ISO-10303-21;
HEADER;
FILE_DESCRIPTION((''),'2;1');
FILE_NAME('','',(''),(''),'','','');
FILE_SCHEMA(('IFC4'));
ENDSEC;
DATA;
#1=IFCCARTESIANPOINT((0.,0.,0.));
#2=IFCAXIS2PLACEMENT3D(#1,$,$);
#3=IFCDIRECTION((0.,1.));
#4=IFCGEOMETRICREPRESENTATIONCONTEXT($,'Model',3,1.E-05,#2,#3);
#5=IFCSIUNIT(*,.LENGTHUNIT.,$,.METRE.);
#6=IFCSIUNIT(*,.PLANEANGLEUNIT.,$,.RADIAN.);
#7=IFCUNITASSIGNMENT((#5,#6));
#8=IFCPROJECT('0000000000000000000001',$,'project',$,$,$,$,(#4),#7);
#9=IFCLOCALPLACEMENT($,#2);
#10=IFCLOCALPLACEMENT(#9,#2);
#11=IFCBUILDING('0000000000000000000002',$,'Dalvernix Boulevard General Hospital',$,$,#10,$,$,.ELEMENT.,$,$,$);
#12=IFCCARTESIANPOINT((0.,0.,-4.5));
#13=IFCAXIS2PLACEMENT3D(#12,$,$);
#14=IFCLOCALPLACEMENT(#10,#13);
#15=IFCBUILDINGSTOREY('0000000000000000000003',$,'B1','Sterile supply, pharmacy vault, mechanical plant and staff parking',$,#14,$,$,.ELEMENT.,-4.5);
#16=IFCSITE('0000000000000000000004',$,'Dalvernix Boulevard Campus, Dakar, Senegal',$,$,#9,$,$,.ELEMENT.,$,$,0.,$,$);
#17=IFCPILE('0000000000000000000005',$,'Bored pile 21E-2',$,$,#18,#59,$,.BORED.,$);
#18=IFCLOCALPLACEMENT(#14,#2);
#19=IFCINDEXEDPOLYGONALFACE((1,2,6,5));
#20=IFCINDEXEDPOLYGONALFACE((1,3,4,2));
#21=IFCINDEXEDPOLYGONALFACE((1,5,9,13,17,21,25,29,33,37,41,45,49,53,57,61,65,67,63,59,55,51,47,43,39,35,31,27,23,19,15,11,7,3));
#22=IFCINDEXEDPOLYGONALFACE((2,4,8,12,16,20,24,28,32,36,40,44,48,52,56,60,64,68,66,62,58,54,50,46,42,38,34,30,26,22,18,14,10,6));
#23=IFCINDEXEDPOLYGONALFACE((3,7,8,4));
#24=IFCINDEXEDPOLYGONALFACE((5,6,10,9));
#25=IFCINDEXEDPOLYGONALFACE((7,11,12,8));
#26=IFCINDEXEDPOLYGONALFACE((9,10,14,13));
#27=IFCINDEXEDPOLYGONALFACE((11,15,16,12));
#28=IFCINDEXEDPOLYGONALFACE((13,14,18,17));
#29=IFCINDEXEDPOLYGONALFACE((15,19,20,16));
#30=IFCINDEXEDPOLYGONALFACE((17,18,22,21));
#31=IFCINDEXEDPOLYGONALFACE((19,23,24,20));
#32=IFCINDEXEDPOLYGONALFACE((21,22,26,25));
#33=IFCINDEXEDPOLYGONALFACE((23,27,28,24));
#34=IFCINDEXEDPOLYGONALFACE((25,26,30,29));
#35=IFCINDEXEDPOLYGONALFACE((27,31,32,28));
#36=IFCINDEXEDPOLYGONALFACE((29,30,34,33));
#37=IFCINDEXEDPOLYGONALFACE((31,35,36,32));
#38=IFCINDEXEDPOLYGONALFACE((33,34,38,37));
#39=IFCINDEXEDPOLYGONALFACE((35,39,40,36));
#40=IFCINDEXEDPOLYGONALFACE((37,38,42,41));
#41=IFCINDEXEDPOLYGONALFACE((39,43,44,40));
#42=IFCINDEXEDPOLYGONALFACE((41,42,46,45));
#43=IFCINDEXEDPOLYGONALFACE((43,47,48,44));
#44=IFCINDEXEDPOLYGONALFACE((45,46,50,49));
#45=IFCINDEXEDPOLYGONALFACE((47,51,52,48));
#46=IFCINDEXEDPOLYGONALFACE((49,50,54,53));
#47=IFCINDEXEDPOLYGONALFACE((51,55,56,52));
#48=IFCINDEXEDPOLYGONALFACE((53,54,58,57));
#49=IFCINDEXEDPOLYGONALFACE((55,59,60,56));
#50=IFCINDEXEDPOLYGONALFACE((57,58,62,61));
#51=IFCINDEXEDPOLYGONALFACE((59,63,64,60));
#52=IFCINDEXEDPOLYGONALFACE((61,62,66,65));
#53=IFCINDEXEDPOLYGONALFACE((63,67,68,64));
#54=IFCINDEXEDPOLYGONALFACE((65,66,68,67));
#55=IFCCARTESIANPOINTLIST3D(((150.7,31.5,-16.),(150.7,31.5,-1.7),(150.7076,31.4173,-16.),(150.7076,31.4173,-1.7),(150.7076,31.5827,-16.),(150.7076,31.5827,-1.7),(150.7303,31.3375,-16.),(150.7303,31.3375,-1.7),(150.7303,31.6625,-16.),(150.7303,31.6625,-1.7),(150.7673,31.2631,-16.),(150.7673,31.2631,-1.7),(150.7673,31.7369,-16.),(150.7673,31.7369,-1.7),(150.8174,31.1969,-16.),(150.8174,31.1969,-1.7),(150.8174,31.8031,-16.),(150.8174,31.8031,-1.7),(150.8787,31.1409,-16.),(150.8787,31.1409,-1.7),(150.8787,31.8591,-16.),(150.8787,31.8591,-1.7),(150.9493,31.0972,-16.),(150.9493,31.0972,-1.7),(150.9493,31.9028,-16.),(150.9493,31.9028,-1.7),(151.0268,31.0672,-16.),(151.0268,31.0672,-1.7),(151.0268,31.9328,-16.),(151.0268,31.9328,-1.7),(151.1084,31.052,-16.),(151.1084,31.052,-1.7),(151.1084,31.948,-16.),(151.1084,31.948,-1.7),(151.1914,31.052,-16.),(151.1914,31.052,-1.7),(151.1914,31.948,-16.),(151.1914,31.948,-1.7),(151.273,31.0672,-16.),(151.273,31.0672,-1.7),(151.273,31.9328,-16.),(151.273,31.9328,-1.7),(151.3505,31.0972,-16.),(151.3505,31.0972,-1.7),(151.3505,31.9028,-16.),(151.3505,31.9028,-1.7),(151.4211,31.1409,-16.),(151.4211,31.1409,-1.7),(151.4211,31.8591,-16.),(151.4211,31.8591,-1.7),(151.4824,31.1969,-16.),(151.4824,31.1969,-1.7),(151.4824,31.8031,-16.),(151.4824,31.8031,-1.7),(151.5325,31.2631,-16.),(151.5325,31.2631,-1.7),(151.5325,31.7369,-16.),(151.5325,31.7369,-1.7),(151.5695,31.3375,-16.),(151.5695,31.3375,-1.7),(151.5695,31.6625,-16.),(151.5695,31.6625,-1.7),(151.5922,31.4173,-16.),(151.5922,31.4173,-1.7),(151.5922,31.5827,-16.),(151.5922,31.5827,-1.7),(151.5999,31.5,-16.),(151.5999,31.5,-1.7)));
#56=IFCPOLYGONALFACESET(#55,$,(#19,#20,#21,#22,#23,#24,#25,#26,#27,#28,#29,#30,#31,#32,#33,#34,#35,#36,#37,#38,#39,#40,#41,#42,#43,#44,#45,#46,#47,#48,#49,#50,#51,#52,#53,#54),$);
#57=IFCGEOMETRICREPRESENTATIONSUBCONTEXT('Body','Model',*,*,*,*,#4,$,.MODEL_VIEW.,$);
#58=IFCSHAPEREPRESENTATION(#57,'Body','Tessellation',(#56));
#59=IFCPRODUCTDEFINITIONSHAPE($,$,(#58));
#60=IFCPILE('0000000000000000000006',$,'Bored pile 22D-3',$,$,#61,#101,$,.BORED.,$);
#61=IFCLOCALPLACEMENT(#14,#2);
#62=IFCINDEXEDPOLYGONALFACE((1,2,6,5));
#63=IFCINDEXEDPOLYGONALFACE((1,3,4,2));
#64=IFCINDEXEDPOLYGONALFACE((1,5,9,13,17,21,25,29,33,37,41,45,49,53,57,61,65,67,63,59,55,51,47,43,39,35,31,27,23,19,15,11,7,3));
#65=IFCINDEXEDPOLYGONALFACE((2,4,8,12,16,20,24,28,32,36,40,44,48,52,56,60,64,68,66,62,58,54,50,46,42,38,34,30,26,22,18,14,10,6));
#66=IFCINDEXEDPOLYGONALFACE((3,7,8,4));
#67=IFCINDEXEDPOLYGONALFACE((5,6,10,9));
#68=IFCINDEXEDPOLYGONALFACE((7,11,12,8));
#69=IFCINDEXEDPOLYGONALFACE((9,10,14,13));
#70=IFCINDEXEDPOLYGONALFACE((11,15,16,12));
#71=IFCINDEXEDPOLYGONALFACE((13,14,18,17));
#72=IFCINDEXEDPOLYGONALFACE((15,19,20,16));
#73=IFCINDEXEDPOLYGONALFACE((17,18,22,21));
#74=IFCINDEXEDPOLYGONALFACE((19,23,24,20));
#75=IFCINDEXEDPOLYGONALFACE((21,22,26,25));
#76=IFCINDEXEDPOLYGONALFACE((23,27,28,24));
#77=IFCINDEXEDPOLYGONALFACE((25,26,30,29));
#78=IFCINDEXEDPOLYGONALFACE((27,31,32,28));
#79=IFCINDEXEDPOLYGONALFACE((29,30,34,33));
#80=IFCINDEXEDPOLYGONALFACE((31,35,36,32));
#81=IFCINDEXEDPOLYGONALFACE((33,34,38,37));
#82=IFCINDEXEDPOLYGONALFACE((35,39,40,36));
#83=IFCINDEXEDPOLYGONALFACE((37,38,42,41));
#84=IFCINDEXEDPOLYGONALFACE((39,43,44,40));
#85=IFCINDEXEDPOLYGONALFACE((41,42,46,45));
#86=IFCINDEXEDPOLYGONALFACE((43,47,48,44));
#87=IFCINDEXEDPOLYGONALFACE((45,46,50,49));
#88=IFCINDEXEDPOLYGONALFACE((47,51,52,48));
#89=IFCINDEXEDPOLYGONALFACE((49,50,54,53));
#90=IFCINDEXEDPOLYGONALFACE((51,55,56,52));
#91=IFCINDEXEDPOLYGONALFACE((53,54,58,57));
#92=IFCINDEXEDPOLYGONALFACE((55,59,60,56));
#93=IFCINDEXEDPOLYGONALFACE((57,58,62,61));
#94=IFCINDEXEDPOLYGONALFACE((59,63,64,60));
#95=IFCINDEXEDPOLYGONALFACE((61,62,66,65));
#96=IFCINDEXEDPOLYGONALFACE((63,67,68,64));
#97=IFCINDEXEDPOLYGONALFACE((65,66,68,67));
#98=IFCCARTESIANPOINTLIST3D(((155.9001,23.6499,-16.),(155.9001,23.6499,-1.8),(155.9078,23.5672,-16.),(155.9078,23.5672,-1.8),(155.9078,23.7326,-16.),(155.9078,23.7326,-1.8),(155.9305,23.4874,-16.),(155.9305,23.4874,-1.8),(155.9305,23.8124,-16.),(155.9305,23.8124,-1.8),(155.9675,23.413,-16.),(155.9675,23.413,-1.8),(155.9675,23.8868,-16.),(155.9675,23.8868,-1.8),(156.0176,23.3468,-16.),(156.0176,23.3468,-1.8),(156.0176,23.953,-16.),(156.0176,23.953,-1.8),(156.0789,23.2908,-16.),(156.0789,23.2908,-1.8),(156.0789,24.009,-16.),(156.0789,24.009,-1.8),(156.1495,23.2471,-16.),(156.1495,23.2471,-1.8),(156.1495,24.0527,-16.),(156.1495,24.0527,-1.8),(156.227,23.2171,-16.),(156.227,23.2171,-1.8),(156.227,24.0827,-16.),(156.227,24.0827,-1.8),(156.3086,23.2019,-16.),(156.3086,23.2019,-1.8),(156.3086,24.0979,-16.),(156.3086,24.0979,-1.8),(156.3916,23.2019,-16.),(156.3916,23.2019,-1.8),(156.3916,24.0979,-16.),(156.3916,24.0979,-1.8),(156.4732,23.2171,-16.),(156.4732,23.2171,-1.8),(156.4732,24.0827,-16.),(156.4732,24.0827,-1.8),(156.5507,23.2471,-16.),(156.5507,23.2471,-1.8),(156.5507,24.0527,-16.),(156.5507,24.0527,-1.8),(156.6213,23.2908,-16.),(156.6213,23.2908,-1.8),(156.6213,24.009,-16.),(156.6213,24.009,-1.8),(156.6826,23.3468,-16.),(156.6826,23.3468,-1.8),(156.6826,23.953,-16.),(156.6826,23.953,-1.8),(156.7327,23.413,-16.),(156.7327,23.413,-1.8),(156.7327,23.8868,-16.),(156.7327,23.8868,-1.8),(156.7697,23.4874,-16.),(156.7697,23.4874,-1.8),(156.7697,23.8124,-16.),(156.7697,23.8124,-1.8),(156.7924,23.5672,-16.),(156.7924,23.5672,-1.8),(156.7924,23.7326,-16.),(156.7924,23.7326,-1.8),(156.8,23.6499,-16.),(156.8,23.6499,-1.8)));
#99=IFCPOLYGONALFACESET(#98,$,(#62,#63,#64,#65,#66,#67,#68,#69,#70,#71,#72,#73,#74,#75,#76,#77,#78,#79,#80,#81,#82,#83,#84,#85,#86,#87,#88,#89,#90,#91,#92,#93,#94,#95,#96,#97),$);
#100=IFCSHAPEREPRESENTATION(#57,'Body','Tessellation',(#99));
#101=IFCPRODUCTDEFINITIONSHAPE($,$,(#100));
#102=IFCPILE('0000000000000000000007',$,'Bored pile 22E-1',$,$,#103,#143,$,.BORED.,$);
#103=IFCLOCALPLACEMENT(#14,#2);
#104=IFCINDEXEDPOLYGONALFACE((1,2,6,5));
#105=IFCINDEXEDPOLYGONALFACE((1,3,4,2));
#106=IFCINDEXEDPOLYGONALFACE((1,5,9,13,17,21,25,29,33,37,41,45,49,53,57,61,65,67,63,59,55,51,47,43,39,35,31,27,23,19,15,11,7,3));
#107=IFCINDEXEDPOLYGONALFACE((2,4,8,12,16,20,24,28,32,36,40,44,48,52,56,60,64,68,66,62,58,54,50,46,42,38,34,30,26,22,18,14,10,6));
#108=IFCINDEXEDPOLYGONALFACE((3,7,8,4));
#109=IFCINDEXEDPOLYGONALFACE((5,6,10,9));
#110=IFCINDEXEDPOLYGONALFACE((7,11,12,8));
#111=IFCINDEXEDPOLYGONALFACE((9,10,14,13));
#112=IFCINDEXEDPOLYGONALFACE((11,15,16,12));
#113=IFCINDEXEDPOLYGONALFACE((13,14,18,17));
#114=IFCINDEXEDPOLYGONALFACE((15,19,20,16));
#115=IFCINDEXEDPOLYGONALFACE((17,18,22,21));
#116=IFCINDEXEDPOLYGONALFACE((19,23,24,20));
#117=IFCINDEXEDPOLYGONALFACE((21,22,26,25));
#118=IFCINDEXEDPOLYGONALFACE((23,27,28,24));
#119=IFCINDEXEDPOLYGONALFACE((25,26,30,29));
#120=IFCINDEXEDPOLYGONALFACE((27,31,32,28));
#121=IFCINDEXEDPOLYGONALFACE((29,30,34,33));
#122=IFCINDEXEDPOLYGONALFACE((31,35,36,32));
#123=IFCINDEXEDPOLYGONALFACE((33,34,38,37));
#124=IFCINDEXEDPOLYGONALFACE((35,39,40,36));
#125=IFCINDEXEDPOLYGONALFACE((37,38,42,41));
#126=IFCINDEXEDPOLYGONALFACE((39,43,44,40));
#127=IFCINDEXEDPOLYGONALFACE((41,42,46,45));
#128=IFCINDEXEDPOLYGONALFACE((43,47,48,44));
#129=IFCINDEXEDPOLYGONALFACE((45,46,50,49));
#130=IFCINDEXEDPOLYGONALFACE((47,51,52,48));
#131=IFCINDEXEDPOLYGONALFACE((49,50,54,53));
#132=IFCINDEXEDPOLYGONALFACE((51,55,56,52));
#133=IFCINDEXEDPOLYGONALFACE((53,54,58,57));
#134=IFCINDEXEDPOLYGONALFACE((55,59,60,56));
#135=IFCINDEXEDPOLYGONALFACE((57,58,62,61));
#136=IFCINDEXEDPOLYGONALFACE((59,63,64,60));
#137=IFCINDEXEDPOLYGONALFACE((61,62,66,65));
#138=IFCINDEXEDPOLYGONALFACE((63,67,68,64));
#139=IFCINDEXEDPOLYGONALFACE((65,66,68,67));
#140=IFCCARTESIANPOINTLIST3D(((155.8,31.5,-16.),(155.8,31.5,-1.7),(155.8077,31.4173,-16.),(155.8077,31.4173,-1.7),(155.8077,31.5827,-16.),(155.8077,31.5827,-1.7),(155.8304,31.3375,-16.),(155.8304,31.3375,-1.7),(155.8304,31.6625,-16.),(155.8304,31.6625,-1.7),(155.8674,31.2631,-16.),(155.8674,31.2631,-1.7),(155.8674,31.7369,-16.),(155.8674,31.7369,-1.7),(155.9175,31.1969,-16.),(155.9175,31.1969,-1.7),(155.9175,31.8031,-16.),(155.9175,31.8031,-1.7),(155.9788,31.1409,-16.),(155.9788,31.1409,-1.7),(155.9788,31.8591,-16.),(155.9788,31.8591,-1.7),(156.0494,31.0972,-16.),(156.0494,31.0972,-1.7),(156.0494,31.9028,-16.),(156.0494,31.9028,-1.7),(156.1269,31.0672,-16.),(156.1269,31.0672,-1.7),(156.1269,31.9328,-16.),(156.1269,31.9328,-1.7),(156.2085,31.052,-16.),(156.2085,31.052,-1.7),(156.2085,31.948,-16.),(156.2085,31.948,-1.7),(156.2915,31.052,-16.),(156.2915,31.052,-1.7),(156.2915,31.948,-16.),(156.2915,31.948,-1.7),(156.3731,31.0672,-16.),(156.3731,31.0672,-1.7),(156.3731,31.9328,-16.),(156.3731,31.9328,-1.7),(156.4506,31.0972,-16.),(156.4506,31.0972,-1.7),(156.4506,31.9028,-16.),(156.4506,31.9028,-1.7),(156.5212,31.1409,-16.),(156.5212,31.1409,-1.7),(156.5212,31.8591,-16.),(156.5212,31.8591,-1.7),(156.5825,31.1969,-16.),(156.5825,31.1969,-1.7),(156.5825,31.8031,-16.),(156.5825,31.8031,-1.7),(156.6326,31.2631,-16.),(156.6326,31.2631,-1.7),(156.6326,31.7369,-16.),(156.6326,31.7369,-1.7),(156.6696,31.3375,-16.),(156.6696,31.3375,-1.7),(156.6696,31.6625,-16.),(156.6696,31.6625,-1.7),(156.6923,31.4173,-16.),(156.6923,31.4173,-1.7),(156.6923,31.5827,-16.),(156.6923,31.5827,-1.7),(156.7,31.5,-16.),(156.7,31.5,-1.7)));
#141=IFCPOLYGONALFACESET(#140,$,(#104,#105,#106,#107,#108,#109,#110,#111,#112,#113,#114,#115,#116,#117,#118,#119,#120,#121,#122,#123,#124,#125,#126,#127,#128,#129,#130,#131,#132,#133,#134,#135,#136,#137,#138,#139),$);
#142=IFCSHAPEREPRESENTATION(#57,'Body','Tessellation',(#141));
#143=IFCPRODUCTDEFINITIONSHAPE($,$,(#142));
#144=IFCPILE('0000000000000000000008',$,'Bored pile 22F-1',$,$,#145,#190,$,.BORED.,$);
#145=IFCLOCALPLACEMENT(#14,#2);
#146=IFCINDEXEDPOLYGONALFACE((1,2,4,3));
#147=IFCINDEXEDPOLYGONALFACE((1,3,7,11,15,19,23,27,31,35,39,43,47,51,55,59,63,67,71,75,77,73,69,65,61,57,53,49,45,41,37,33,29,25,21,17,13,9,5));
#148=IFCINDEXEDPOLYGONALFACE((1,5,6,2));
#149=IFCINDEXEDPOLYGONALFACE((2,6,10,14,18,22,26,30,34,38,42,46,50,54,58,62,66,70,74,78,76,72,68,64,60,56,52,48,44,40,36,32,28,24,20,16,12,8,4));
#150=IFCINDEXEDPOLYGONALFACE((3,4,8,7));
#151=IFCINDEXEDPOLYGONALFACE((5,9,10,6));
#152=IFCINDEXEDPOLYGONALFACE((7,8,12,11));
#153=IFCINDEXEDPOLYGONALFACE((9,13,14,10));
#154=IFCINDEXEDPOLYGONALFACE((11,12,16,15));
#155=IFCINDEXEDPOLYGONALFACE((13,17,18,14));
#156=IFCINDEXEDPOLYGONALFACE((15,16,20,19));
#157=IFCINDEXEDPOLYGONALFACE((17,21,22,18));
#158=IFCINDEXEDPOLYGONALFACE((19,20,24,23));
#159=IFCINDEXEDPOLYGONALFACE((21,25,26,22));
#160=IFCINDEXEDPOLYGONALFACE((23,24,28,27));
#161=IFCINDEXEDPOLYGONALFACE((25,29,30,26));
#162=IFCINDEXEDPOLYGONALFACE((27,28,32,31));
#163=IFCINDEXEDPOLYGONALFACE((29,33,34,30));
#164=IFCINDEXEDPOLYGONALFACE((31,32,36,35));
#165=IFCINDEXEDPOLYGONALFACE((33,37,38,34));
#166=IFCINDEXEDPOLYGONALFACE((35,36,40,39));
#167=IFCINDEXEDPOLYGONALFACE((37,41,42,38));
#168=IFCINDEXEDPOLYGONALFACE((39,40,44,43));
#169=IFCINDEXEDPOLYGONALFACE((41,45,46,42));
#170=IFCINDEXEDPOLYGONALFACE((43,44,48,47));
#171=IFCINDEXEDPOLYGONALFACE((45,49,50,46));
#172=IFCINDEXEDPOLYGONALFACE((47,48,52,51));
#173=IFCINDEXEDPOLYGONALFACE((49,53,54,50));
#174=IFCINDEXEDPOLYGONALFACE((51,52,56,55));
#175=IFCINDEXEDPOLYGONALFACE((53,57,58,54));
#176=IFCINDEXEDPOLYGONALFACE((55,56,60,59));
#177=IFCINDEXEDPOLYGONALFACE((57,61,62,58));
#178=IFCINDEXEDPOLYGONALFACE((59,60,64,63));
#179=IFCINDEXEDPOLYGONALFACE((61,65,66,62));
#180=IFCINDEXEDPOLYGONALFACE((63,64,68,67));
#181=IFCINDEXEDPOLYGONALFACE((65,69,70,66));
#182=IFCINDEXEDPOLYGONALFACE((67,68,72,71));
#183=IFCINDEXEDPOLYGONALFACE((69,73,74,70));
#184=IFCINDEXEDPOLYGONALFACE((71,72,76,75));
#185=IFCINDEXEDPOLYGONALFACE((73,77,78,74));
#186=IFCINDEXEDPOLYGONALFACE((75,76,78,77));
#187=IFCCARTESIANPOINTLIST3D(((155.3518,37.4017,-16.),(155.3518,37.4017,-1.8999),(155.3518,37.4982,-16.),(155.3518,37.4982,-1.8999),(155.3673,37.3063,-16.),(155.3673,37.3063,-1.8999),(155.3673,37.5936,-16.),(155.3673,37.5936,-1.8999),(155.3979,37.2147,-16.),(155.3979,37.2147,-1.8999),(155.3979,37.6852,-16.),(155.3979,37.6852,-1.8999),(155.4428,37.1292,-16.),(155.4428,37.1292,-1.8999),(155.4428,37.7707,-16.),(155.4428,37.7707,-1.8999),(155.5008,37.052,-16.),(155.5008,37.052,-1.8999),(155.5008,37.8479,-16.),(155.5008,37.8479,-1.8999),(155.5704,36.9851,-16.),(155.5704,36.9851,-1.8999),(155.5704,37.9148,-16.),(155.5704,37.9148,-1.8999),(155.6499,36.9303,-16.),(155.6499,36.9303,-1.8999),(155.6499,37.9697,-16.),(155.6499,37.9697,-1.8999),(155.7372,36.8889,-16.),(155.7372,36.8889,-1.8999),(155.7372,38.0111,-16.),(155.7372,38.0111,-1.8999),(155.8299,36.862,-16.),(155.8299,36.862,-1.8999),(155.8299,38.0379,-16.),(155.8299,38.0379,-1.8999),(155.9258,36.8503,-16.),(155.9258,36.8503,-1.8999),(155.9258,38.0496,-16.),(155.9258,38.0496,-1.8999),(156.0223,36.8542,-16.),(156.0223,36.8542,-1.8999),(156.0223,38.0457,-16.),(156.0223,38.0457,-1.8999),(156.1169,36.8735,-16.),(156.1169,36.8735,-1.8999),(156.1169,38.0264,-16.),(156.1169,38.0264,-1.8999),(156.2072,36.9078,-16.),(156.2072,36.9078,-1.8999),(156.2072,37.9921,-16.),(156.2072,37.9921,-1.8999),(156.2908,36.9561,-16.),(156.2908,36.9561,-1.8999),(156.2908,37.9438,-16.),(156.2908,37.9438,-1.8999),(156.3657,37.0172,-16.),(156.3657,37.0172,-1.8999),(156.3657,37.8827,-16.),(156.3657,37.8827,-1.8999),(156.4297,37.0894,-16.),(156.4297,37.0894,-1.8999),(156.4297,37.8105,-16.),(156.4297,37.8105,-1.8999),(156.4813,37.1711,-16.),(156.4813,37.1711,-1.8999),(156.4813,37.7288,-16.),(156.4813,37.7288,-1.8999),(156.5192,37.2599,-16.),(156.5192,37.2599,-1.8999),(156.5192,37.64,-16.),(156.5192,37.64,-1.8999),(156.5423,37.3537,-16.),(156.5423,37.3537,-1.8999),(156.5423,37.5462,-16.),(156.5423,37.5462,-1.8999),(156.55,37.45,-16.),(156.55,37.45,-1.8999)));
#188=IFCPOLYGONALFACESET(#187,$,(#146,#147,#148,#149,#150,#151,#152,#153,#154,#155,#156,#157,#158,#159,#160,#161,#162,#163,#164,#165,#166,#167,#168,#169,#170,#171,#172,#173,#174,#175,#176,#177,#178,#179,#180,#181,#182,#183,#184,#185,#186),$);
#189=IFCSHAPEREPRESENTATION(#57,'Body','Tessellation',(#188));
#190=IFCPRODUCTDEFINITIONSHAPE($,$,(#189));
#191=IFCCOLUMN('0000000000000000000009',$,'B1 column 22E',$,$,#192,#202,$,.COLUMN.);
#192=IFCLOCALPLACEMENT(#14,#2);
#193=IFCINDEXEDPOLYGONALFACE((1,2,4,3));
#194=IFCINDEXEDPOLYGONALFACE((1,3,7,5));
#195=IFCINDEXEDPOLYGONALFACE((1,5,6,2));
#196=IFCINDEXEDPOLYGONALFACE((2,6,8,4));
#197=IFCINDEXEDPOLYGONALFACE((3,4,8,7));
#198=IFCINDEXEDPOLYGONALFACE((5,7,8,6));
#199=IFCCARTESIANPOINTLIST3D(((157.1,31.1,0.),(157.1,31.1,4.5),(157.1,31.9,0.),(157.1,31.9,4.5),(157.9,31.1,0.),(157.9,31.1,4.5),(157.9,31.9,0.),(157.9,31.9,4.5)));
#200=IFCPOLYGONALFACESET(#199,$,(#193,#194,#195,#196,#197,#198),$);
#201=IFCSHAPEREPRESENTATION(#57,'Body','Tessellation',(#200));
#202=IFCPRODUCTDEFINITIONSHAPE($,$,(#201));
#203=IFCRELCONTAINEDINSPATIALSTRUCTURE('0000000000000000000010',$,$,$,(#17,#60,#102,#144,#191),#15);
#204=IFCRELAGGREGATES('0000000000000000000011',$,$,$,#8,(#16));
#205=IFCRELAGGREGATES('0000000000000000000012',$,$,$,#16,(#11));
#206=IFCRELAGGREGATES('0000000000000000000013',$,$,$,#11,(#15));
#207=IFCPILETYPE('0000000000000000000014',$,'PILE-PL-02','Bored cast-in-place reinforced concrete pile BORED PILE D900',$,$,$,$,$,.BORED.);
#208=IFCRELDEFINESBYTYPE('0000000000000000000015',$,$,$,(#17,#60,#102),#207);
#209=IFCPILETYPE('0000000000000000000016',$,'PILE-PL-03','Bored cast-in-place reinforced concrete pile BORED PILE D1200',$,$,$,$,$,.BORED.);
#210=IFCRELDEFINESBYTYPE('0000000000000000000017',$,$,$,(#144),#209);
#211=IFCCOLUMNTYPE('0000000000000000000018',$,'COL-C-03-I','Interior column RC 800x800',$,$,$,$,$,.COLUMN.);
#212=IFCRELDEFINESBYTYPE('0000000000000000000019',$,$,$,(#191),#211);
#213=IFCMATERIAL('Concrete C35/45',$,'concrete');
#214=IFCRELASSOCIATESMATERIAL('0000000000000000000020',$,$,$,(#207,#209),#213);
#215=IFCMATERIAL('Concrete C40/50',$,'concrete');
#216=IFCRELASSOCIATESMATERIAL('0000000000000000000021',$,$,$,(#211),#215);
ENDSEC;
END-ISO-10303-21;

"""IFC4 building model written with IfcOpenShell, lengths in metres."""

from ifc_helpers import new_model, si_unit, direction, frame, origin, origin_2d, place, context, subcontext, project, spatial, rectangle, circle, extrude, material, material_profile, profile_set, type_object, element, save


model = new_model("IFC4")

# Units and contexts
model_context = context("Model", 3, precision=1e-05, world=origin(), true_north=direction((0.0, 1.0)))
body_context = subcontext(model_context, "Body", "Model", "MODEL_VIEW")
ifc_project = project(units=[si_unit("LENGTHUNIT", "METRE"), si_unit("PLANEANGLEUNIT", "RADIAN")], contexts=[model_context])

# Site, building, storey
site_placement = place(None, origin())
site = spatial("IfcSite", under=ifc_project, at=site_placement, Name="Dalvernix Boulevard Campus, Dakar, Senegal", CompositionType="ELEMENT", RefElevation=0.0)
building_placement = place(site_placement, origin())
building = spatial("IfcBuilding", under=site, at=building_placement, Name="Dalvernix Boulevard General Hospital", CompositionType="ELEMENT")
storey_placement = place(building_placement, frame((0.0, 0.0, -4.5)))
storey = spatial("IfcBuildingStorey", under=building, at=storey_placement, Name="B1", Description="Sterile supply, pharmacy vault, mechanical plant and staff parking", CompositionType="ELEMENT", Elevation=-4.5)

# Shared definitions
ifc_material_1 = material(Name="Concrete C35/45", Category="concrete")
ifc_material_2 = material(Name="Concrete C40/50", Category="concrete")

# Piles
ifc_material_profile_1 = material_profile(ifc_material_1, circle(Radius=0.45, at=origin_2d()), Name="BORED PILE D900")
ifc_profile_set_1 = profile_set([ifc_material_profile_1], Name="Concrete C35/45")
pile_type_1 = type_object("IfcPileType", Name="PILE-PL-02", Description="Bored cast-in-place reinforced concrete pile BORED PILE D900", PredefinedType="BORED", material=ifc_profile_set_1)
pile_1_placement = place(storey_placement, frame((151.1499, 31.5, -1.7), z_axis=(0.0, 0.0, -1.0), x_axis=(1.0, 0.0, 0.0)))
element("IfcPile", 1, at=pile_1_placement, inside=storey, type_object=pile_type_1, Name="Bored pile 21E-2", PredefinedType="BORED", context=body_context, shape_type="SweptSolid", body=[
    extrude(circle(Radius=0.45, at=origin_2d()), origin(), (0.0, 0.0, 1.0), 14.3),
])
pile_2_placement = place(storey_placement, frame((156.3501, 23.6499, -1.8), z_axis=(0.0, 0.0, -1.0), x_axis=(1.0, 0.0, 0.0)))
element("IfcPile", 2, at=pile_2_placement, inside=storey, type_object=pile_type_1, Name="Bored pile 22D-3", PredefinedType="BORED", context=body_context, shape_type="SweptSolid", body=[
    extrude(circle(Radius=0.45, at=origin_2d()), origin(), (0.0, 0.0, 1.0), 14.2),
])
pile_3_placement = place(storey_placement, frame((156.25, 31.5, -1.7), z_axis=(0.0, 0.0, -1.0), x_axis=(1.0, 0.0, 0.0)))
element("IfcPile", 3, at=pile_3_placement, inside=storey, type_object=pile_type_1, Name="Bored pile 22E-1", PredefinedType="BORED", context=body_context, shape_type="SweptSolid", body=[
    extrude(circle(Radius=0.45, at=origin_2d()), origin(), (0.0, 0.0, 1.0), 14.3),
])
ifc_material_profile_2 = material_profile(ifc_material_1, circle(Radius=0.6001, at=origin_2d()), Name="BORED PILE D1200")
ifc_profile_set_2 = profile_set([ifc_material_profile_2], Name="Concrete C35/45")
pile_type_2 = type_object("IfcPileType", Name="PILE-PL-03", Description="Bored cast-in-place reinforced concrete pile BORED PILE D1200", PredefinedType="BORED", material=ifc_profile_set_2)
pile_4_placement = place(storey_placement, frame((155.95, 37.45, -1.8999), z_axis=(0.0, 0.0, -1.0), x_axis=(1.0, 0.0, 0.0)))
element("IfcPile", 4, at=pile_4_placement, inside=storey, type_object=pile_type_2, Name="Bored pile 22F-1", PredefinedType="BORED", context=body_context, shape_type="SweptSolid", body=[
    extrude(circle(Radius=0.6001, at=origin_2d()), origin(), (0.0, 0.0, 1.0), 14.1001),
])

# Column
ifc_material_profile_3 = material_profile(ifc_material_2, rectangle(XDim=0.8, YDim=0.8, at=origin_2d()), Name="RC 800x800")
ifc_profile_set_3 = profile_set([ifc_material_profile_3], Name="Concrete C40/50")
column_type_1 = type_object("IfcColumnType", Name="COL-C-03-I", Description="Interior column RC 800x800", PredefinedType="COLUMN", material=ifc_profile_set_3)
column_1_placement = place(storey_placement, frame((157.5, 31.5, 0.0), z_axis=(0.0, 0.0, 1.0), x_axis=(1.0, 0.0, 0.0)))
element("IfcColumn", 5, at=column_1_placement, inside=storey, type_object=column_type_1, Name="B1 column 22E", PredefinedType="COLUMN", context=body_context, shape_type="SweptSolid", body=[
    extrude(rectangle(XDim=0.8, YDim=0.8, at=origin_2d()), origin(), (0.0, 0.0, 1.0), 4.5),
])

save(model, "model.ifc")
